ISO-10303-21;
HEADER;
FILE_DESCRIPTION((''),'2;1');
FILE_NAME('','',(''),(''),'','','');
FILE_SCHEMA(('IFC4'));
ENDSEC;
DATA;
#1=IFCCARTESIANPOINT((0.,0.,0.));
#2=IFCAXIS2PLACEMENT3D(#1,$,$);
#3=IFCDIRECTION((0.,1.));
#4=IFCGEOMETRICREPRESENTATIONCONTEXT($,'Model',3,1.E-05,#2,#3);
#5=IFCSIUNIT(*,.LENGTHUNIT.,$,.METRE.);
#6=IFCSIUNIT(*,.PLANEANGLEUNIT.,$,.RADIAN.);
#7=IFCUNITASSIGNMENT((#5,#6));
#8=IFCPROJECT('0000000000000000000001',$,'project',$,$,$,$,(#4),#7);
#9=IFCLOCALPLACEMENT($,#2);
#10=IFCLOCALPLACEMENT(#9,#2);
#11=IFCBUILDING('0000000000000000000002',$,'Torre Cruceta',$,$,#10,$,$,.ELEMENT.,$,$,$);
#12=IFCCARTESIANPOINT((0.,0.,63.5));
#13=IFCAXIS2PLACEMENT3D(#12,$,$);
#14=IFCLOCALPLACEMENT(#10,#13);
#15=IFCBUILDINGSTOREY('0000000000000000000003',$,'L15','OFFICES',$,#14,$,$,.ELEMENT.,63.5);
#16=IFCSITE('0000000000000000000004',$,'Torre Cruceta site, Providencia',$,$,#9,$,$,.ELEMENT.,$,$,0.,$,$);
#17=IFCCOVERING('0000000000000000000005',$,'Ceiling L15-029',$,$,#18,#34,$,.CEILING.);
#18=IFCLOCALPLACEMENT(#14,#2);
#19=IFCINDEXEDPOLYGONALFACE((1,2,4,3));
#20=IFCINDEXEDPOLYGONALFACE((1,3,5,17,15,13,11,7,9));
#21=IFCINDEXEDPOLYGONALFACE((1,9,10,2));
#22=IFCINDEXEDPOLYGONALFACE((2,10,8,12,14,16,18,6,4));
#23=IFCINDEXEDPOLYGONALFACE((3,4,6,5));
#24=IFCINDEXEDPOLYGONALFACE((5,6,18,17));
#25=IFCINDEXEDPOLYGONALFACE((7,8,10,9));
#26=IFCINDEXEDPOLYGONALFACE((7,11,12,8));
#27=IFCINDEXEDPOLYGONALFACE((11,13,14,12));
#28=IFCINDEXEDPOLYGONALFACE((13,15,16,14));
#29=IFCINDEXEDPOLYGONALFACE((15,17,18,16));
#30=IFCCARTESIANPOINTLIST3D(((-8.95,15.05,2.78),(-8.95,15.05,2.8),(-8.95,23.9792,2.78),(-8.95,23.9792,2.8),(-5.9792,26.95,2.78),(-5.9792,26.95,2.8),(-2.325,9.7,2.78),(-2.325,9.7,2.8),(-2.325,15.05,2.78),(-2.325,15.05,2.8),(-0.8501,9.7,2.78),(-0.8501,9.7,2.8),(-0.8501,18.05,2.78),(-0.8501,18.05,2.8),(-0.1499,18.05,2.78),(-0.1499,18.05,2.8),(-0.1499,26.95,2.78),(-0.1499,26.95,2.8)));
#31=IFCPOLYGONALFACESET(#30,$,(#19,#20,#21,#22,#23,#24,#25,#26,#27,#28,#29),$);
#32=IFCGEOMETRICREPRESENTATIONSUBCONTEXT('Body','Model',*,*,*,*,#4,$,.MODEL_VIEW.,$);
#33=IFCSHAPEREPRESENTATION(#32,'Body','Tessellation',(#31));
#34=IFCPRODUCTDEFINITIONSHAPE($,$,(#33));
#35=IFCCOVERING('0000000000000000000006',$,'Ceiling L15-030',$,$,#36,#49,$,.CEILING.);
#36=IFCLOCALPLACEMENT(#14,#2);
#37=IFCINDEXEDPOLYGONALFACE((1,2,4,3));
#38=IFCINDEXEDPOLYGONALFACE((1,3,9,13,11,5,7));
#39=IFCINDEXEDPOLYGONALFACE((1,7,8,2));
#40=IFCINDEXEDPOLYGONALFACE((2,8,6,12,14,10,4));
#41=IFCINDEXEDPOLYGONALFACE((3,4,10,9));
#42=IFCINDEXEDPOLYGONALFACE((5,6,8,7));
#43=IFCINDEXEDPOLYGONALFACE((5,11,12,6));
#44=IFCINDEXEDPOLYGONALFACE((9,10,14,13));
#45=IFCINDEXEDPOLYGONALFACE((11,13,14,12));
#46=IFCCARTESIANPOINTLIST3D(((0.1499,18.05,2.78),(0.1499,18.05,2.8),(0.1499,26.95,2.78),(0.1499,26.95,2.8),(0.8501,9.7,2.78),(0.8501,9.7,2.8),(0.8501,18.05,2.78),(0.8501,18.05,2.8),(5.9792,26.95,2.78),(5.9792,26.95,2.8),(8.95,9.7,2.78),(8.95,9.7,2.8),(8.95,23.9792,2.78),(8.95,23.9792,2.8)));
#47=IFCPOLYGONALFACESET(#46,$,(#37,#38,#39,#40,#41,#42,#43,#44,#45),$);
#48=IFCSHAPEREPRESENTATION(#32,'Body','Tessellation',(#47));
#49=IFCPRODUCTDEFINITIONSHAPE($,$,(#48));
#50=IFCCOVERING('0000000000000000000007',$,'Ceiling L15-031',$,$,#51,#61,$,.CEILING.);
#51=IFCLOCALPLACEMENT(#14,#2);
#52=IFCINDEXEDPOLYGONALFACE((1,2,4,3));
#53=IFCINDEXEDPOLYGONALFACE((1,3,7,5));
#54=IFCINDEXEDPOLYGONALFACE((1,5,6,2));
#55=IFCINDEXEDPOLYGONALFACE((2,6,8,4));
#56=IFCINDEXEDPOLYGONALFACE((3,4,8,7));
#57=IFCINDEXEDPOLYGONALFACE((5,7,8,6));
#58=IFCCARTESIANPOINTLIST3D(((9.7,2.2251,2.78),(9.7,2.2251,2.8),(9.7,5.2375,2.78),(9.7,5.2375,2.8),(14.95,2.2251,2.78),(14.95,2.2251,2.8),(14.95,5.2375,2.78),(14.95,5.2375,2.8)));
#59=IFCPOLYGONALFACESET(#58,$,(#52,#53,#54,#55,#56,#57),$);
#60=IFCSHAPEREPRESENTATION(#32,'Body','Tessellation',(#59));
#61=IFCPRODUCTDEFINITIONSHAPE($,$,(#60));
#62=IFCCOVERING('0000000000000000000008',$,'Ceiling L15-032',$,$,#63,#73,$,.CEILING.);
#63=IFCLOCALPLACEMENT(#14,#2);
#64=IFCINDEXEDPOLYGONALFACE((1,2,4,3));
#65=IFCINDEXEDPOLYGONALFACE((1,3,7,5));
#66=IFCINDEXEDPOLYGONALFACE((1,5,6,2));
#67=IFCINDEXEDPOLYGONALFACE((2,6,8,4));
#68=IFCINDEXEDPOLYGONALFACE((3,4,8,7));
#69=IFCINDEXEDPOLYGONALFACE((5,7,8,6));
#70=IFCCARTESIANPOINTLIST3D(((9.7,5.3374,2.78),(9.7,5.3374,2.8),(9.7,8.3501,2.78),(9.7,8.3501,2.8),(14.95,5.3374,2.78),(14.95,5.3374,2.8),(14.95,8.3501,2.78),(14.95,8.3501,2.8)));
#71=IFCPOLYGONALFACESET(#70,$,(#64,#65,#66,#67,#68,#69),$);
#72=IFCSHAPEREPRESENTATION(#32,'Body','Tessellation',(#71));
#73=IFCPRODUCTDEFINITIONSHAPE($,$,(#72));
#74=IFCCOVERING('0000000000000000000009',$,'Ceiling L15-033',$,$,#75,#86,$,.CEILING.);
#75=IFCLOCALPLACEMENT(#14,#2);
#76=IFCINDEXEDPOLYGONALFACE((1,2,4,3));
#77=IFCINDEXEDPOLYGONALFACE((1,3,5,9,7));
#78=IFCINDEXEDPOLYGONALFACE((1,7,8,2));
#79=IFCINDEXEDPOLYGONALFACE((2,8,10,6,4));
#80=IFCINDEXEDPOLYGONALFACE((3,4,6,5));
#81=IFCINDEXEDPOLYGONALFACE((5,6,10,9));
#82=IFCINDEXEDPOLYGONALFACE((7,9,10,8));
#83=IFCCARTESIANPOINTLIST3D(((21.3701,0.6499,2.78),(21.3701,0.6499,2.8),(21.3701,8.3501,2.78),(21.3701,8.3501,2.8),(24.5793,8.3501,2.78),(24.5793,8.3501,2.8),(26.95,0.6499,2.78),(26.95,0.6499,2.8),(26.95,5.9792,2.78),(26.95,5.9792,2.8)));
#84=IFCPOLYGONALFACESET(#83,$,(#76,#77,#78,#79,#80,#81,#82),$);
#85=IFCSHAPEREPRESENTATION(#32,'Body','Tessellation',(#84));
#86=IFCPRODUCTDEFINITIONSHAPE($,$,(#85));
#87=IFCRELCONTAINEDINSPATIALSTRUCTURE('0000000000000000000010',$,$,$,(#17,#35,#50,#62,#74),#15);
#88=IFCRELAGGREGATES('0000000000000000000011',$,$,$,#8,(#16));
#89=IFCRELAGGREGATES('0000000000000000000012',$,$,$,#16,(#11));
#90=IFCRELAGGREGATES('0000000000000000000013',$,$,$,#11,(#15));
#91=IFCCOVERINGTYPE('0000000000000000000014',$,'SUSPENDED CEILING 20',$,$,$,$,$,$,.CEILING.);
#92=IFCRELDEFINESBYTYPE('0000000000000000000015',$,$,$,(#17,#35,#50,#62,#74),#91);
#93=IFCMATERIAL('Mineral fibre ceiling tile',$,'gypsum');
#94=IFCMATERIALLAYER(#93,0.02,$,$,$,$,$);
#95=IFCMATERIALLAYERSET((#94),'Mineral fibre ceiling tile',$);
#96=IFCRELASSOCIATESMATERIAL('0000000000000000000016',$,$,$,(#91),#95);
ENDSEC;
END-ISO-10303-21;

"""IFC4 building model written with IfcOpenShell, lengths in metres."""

from ifc_helpers import new_model, si_unit, direction, frame, origin, place, context, subcontext, project, spatial, polyline, outline, extrude, material, layer, layer_set, type_object, element, save


model = new_model("IFC4")

# Units and contexts
model_context = context("Model", 3, precision=1e-05, world=origin(), true_north=direction((0.0, 1.0)))
body_context = subcontext(model_context, "Body", "Model", "MODEL_VIEW")
ifc_project = project(units=[si_unit("LENGTHUNIT", "METRE"), si_unit("PLANEANGLEUNIT", "RADIAN")], contexts=[model_context])

# Site, building, storey
site_placement = place(None, origin())
site = spatial("IfcSite", under=ifc_project, at=site_placement, Name="Torre Cruceta site, Providencia", CompositionType="ELEMENT", RefElevation=0.0)
building_placement = place(site_placement, origin())
building = spatial("IfcBuilding", under=site, at=building_placement, Name="Torre Cruceta", CompositionType="ELEMENT")
storey_placement = place(building_placement, frame((0.0, 0.0, 63.5)))
storey = spatial("IfcBuildingStorey", under=building, at=storey_placement, Name="L15", Description="OFFICES", CompositionType="ELEMENT", Elevation=63.5)

# Coverings
ifc_material_1 = material(Name="Mineral fibre ceiling tile", Category="gypsum")
ifc_layer_1 = layer(ifc_material_1, 0.02)
ifc_layer_set_1 = layer_set([ifc_layer_1], Name="Mineral fibre ceiling tile")
covering_type_1 = type_object("IfcCoveringType", Name="SUSPENDED CEILING 20", PredefinedType="CEILING", material=ifc_layer_set_1)
covering_1_placement = place(storey_placement, frame((0.0, 0.0, 2.78)))
element("IfcCovering", 1, at=covering_1_placement, inside=storey, type_object=covering_type_1, Name="Ceiling L15-029", PredefinedType="CEILING", context=body_context, shape_type="SweptSolid", body=[
    extrude(outline(polyline([(-5.9792, 26.95), (-0.1499, 26.95), (-0.1499, 18.05), (-0.8501, 18.05), (-0.8501, 9.7), (-2.325, 9.7), (-2.325, 15.05), (-8.95, 15.05), (-8.95, 23.9792), (-5.9792, 26.95)])), origin(), (0.0, 0.0, 1.0), 0.02),
])
covering_2_placement = place(storey_placement, frame((0.0, 0.0, 2.78)))
element("IfcCovering", 2, at=covering_2_placement, inside=storey, type_object=covering_type_1, Name="Ceiling L15-030", PredefinedType="CEILING", context=body_context, shape_type="SweptSolid", body=[
    extrude(outline(polyline([(5.9792, 26.95), (8.95, 23.9792), (8.95, 9.7), (0.8501, 9.7), (0.8501, 18.05), (0.1499, 18.05), (0.1499, 26.95), (5.9792, 26.95)])), origin(), (0.0, 0.0, 1.0), 0.02),
])
covering_3_placement = place(storey_placement, frame((0.0, 0.0, 2.78)))
element("IfcCovering", 3, at=covering_3_placement, inside=storey, type_object=covering_type_1, Name="Ceiling L15-031", PredefinedType="CEILING", context=body_context, shape_type="SweptSolid", body=[
    extrude(outline(polyline([(9.7, 2.2251), (9.7, 5.2375), (14.95, 5.2375), (14.95, 2.2251), (9.7, 2.2251)])), origin(), (0.0, 0.0, 1.0), 0.02),
])
covering_4_placement = place(storey_placement, frame((0.0, 0.0, 2.78)))
element("IfcCovering", 4, at=covering_4_placement, inside=storey, type_object=covering_type_1, Name="Ceiling L15-032", PredefinedType="CEILING", context=body_context, shape_type="SweptSolid", body=[
    extrude(outline(polyline([(9.7, 5.3374), (9.7, 8.3501), (14.95, 8.3501), (14.95, 5.3374), (9.7, 5.3374)])), origin(), (0.0, 0.0, 1.0), 0.02),
])
covering_5_placement = place(storey_placement, frame((0.0, 0.0, 2.78)))
element("IfcCovering", 5, at=covering_5_placement, inside=storey, type_object=covering_type_1, Name="Ceiling L15-033", PredefinedType="CEILING", context=body_context, shape_type="SweptSolid", body=[
    extrude(outline(polyline([(26.95, 0.6499), (21.3701, 0.6499), (21.3701, 8.3501), (24.5793, 8.3501), (26.95, 5.9792), (26.95, 0.6499)])), origin(), (0.0, 0.0, 1.0), 0.02),
])

save(model, "model.ifc")
